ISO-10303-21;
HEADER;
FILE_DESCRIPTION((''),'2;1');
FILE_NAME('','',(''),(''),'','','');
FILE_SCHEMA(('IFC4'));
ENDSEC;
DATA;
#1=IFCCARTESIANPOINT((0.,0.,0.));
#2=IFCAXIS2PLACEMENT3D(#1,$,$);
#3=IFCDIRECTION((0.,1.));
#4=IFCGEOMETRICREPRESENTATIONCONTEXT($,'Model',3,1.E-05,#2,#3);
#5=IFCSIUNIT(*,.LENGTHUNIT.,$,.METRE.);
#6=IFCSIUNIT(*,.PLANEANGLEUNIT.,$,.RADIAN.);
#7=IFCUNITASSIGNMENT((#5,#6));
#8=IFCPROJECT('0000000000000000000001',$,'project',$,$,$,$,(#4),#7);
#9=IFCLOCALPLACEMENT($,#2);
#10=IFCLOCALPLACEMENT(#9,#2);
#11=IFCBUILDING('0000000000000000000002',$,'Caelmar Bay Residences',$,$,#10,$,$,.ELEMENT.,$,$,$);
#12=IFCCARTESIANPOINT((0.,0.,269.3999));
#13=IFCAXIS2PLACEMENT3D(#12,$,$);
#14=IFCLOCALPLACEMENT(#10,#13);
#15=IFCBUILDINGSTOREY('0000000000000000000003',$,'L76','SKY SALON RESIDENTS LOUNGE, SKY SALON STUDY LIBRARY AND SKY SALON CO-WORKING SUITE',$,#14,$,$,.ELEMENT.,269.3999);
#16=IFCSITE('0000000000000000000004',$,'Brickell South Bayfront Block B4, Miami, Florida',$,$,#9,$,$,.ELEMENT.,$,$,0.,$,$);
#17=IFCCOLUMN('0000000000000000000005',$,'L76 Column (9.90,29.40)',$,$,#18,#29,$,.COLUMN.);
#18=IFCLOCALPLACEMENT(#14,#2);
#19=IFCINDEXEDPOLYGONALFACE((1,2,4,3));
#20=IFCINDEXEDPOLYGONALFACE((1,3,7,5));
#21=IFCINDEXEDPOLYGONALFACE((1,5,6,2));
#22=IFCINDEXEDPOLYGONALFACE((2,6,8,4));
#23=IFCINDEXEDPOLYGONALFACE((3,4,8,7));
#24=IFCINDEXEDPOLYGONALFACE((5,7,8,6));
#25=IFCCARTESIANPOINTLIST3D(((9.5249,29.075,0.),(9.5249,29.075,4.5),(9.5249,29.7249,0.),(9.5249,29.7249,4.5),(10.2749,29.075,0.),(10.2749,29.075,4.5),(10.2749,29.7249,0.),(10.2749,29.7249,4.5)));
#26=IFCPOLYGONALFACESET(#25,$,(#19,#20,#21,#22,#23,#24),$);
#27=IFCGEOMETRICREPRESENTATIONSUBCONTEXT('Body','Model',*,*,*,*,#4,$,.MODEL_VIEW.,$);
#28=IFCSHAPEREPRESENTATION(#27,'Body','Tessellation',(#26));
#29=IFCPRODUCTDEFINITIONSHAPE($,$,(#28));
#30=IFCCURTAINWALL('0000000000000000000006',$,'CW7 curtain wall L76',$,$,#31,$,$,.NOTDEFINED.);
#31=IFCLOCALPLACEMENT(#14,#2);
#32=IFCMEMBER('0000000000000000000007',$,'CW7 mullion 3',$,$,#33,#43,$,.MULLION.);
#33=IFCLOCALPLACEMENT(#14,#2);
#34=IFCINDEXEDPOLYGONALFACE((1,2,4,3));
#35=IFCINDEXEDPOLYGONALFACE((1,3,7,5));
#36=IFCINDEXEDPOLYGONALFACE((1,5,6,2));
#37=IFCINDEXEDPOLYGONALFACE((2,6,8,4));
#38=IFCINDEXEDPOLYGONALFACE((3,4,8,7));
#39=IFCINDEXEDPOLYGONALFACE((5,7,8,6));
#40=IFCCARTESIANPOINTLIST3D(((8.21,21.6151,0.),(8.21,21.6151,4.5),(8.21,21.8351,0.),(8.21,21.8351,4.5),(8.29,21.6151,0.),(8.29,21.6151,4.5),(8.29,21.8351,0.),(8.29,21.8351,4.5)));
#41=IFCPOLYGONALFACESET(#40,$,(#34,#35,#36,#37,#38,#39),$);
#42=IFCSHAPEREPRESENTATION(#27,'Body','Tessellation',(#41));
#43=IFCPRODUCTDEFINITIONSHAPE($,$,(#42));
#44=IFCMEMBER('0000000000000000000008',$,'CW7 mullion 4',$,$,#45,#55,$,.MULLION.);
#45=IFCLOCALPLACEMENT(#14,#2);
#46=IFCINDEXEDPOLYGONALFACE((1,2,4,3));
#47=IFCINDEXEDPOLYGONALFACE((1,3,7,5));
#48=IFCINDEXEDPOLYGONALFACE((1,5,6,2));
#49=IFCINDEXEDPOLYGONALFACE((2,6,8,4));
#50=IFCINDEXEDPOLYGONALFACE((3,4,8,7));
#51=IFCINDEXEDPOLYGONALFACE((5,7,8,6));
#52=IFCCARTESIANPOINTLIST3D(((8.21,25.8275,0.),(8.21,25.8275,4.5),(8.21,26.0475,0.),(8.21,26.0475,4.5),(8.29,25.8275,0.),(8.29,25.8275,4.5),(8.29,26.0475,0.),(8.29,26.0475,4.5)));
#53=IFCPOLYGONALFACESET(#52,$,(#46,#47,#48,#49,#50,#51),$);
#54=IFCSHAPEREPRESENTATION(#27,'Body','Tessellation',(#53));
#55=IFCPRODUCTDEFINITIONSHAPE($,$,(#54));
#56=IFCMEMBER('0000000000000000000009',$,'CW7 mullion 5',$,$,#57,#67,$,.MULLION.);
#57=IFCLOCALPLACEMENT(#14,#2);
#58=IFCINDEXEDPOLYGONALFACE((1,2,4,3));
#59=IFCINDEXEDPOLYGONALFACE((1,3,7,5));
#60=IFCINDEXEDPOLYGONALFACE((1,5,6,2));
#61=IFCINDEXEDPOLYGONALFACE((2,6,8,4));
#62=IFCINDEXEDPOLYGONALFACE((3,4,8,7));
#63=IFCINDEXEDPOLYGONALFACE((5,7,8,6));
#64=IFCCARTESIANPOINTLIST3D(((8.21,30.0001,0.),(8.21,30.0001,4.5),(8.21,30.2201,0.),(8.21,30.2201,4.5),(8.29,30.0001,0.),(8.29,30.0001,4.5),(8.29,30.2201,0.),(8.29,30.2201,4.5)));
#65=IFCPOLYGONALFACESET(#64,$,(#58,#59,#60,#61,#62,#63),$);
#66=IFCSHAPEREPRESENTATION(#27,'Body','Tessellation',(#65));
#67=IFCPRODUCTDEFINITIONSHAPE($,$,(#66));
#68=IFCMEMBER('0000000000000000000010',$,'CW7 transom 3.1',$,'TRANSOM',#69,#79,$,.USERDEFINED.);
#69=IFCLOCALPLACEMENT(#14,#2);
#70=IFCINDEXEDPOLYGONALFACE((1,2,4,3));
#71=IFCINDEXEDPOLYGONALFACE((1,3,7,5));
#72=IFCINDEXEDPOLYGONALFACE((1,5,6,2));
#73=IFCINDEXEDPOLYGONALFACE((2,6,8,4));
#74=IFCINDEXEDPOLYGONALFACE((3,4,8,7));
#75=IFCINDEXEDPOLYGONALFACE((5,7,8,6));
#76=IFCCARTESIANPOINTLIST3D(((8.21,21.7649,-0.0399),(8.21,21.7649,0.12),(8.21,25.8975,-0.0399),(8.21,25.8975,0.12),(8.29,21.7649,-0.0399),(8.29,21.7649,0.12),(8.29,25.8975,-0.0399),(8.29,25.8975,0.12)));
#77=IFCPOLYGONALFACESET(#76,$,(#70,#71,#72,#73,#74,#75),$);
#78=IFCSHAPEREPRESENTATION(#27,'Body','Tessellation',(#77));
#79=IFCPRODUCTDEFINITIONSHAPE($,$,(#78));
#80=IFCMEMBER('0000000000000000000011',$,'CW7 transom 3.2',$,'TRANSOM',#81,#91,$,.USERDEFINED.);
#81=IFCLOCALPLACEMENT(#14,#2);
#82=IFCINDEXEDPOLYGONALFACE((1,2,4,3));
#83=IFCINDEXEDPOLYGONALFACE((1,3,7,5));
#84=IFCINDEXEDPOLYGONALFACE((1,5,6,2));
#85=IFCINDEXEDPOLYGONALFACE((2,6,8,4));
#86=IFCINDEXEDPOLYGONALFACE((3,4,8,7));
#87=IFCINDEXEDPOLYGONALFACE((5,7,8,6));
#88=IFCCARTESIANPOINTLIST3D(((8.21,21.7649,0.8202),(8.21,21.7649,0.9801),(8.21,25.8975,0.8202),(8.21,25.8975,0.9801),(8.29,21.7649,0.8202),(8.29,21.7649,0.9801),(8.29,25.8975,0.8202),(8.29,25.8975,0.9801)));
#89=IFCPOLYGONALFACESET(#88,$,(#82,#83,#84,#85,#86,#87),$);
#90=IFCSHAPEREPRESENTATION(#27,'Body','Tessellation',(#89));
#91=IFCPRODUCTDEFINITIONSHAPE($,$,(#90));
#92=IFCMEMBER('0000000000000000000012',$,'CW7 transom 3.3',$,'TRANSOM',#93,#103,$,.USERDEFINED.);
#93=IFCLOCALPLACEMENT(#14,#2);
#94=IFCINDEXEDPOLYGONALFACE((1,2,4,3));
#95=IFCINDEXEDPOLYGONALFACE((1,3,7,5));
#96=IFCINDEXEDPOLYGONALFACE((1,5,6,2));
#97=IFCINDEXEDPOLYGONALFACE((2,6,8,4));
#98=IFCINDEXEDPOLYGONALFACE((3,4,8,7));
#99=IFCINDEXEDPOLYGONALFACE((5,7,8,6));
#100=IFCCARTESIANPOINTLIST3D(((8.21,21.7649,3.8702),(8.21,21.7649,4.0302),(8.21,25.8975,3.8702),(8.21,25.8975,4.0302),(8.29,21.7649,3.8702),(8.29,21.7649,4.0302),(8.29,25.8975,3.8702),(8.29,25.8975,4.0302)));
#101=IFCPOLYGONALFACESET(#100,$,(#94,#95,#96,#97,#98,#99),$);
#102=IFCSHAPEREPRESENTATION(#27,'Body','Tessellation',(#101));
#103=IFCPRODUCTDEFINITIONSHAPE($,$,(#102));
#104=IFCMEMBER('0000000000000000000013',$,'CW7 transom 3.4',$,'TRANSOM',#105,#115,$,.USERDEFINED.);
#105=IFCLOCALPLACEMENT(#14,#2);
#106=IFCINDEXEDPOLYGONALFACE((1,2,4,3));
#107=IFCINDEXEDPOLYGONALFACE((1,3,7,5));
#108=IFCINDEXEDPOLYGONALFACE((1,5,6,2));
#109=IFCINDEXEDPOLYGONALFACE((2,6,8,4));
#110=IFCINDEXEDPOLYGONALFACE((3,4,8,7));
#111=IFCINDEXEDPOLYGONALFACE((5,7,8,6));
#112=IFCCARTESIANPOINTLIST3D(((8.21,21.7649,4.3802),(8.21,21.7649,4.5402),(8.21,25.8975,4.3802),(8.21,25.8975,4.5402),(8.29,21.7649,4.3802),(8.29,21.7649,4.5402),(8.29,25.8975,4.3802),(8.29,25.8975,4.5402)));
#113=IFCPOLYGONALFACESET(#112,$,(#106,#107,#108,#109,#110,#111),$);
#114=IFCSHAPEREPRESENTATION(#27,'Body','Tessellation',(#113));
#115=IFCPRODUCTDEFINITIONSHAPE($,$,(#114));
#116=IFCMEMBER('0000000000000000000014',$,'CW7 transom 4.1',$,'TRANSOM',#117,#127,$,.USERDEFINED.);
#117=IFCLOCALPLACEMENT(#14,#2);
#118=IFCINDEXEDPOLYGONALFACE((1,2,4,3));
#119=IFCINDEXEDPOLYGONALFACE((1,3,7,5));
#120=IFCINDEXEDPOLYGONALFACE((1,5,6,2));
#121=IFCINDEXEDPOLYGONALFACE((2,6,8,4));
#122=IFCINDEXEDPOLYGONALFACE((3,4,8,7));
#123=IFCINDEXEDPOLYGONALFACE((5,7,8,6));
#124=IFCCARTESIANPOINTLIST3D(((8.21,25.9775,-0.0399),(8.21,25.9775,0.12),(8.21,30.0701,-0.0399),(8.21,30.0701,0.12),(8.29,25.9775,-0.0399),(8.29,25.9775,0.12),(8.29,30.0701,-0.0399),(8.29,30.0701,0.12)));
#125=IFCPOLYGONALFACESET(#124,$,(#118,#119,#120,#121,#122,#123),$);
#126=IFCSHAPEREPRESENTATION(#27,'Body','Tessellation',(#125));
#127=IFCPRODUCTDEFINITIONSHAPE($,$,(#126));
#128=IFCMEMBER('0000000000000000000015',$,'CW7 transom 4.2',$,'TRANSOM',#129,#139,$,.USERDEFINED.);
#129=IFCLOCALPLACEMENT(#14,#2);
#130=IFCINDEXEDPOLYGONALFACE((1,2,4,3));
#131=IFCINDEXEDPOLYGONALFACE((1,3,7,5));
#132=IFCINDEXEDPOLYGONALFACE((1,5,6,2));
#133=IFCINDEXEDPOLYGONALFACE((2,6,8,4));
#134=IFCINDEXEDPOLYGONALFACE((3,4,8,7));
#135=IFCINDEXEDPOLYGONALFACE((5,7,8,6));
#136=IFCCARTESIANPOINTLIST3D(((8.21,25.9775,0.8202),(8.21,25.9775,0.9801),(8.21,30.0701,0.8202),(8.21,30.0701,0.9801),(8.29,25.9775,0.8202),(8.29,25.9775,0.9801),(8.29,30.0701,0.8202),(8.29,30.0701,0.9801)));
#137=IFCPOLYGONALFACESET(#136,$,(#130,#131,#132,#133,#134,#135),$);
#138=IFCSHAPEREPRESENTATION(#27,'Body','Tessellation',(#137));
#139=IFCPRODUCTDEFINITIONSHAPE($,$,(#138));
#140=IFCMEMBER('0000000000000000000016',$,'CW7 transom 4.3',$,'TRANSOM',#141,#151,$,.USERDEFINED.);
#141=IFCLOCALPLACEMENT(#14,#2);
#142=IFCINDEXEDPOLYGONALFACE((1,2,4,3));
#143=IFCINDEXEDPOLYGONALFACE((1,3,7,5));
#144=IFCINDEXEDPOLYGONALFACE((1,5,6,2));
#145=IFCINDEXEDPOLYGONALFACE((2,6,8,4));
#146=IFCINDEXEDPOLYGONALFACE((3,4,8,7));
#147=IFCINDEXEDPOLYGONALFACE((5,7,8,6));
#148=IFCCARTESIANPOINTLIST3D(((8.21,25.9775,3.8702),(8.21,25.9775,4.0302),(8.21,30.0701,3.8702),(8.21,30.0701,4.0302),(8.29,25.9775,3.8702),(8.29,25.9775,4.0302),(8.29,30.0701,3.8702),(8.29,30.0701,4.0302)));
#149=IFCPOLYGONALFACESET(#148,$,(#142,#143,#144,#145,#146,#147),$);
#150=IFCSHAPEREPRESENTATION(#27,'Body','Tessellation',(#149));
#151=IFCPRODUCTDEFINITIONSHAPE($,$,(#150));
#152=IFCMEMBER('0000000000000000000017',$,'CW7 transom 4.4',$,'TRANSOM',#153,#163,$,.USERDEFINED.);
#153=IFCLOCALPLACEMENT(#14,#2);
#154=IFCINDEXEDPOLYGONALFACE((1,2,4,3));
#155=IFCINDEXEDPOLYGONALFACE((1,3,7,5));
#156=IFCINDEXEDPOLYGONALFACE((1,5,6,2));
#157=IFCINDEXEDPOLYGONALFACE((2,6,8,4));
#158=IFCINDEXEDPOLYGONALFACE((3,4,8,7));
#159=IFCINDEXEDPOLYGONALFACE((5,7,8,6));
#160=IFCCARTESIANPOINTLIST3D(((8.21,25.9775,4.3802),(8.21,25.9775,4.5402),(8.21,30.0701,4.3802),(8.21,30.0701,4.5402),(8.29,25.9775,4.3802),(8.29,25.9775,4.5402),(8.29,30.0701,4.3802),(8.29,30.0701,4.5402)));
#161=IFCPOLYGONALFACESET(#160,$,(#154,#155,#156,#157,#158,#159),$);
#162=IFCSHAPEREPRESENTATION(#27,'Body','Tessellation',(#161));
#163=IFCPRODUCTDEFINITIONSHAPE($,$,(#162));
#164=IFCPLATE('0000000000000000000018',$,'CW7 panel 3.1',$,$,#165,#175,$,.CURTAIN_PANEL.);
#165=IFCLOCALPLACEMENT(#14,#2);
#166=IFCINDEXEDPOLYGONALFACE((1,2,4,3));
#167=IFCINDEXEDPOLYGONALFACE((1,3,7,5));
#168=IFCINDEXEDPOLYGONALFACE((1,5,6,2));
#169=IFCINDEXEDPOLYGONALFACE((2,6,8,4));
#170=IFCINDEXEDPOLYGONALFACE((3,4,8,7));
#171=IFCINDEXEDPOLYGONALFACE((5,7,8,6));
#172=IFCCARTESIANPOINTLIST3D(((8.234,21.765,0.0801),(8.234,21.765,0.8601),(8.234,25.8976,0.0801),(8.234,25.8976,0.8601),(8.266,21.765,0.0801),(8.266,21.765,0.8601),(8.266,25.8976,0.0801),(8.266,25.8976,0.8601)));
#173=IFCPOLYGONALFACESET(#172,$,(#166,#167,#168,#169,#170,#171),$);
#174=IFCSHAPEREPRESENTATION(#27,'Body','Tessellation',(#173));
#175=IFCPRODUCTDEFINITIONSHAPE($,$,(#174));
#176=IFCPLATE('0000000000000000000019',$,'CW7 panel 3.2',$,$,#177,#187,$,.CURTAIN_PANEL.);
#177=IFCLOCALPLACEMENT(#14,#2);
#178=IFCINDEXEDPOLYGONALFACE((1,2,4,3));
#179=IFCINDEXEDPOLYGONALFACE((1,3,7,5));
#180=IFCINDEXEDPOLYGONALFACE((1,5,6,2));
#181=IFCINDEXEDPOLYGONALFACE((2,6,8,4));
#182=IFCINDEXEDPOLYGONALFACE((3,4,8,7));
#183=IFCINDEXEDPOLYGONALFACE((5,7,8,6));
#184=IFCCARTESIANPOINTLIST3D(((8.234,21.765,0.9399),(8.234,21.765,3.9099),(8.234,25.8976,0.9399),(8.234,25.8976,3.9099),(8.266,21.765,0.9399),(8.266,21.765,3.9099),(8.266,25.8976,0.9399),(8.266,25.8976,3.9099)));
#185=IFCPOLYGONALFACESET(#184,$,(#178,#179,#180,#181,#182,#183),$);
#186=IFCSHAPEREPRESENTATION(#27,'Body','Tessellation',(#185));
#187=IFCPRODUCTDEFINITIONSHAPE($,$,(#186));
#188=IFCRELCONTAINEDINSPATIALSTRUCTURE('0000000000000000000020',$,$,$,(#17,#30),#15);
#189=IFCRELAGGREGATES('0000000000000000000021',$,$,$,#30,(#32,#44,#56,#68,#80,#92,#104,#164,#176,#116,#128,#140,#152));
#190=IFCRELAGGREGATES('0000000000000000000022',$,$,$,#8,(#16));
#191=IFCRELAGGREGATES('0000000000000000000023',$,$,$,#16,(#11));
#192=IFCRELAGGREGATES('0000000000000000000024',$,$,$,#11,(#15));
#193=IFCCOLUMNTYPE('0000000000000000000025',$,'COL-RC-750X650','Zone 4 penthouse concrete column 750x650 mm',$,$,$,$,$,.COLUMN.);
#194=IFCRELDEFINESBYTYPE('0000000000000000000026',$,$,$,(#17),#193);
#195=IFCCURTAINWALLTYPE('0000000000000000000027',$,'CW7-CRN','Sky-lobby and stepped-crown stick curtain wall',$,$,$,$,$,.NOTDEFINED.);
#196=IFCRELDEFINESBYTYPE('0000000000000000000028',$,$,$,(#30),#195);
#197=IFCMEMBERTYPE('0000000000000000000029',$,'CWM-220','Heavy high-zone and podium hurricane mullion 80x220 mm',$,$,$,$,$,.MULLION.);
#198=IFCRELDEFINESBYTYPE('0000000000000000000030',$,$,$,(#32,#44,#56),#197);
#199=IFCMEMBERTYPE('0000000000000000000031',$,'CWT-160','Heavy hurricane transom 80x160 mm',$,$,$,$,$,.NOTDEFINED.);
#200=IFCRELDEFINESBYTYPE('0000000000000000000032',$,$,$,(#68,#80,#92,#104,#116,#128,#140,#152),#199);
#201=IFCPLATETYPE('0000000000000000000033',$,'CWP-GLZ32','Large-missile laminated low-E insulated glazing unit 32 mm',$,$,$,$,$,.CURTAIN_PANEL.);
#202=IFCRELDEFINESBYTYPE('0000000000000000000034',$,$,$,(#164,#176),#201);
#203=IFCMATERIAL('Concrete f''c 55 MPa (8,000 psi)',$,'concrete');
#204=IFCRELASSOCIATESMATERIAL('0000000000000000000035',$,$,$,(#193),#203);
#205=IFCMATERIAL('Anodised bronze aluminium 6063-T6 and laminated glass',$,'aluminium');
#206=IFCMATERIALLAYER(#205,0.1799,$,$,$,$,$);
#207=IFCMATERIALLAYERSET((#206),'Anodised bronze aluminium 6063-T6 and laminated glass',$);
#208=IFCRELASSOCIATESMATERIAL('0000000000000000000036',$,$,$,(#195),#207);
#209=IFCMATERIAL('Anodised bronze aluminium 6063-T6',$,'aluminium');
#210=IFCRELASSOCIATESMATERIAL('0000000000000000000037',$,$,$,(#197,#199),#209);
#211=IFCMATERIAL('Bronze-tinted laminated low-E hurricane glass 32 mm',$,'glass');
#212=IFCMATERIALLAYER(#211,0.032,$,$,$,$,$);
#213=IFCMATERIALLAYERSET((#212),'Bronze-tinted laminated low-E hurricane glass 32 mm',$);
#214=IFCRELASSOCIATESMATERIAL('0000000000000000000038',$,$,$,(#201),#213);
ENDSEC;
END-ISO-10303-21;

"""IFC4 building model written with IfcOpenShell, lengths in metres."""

from ifc_helpers import new_model, si_unit, direction, frame, origin, origin_2d, place, context, subcontext, project, spatial, rectangle, extrude, material, layer, layer_set, material_profile, profile_set, type_object, element, aggregate, save


model = new_model("IFC4")

# Units and contexts
model_context = context("Model", 3, precision=1e-05, world=origin(), true_north=direction((0.0, 1.0)))
body_context = subcontext(model_context, "Body", "Model", "MODEL_VIEW")
ifc_project = project(units=[si_unit("LENGTHUNIT", "METRE"), si_unit("PLANEANGLEUNIT", "RADIAN")], contexts=[model_context])

# Site, building, storey
site_placement = place(None, origin())
site = spatial("IfcSite", under=ifc_project, at=site_placement, Name="Brickell South Bayfront Block B4, Miami, Florida", CompositionType="ELEMENT", RefElevation=0.0)
building_placement = place(site_placement, origin())
building = spatial("IfcBuilding", under=site, at=building_placement, Name="Caelmar Bay Residences", CompositionType="ELEMENT")
storey_placement = place(building_placement, frame((0.0, 0.0, 269.3999)))
storey = spatial("IfcBuildingStorey", under=building, at=storey_placement, Name="L76", Description="SKY SALON RESIDENTS LOUNGE, SKY SALON STUDY LIBRARY AND SKY SALON CO-WORKING SUITE", CompositionType="ELEMENT", Elevation=269.3999)

# Column
ifc_material_1 = material(Name="Concrete f'c 55 MPa (8,000 psi)", Category="concrete")
ifc_material_profile_1 = material_profile(ifc_material_1, rectangle(XDim=0.75, YDim=0.6499, at=origin_2d()), Name="RC-COL-750X650")
ifc_profile_set_1 = profile_set([ifc_material_profile_1], Name="Concrete f'c 55 MPa (8,000 psi)")
column_type = type_object("IfcColumnType", Name="COL-RC-750X650", Description="Zone 4 penthouse concrete column 750x650 mm", PredefinedType="COLUMN", material=ifc_profile_set_1)
column_placement = place(storey_placement, frame((9.8999, 29.3999, 0.0), z_axis=(0.0, 0.0, 1.0), x_axis=(1.0, 0.0, 0.0)))
element("IfcColumn", 1, at=column_placement, inside=storey, type_object=column_type, Name="L76 Column (9.90,29.40)", PredefinedType="COLUMN", context=body_context, shape_type="SweptSolid", body=[
    extrude(rectangle(XDim=0.75, YDim=0.6499, at=origin_2d()), origin(), (0.0, 0.0, 1.0), 4.5),
])

# Curtain wall, members, plates
ifc_material_2 = material(Name="Anodised bronze aluminium 6063-T6 and laminated glass", Category="aluminium")
ifc_layer_1 = layer(ifc_material_2, 0.1799)
ifc_layer_set_1 = layer_set([ifc_layer_1], Name="Anodised bronze aluminium 6063-T6 and laminated glass")
curtain_wall_type = type_object("IfcCurtainWallType", Name="CW7-CRN", Description="Sky-lobby and stepped-crown stick curtain wall", PredefinedType="NOTDEFINED", material=ifc_layer_set_1)
curtain_wall_placement = place(storey_placement, origin())
curtain_wall = element("IfcCurtainWall", 2, at=curtain_wall_placement, inside=storey, type_object=curtain_wall_type, Name="CW7 curtain wall L76", PredefinedType="NOTDEFINED")
ifc_material_3 = material(Name="Anodised bronze aluminium 6063-T6", Category="aluminium")
ifc_material_profile_2 = material_profile(ifc_material_3, rectangle(XDim=0.0801, YDim=0.22, at=origin_2d()), Name="CWM-80X220")
ifc_profile_set_2 = profile_set([ifc_material_profile_2], Name="Anodised bronze aluminium 6063-T6")
member_type_1 = type_object("IfcMemberType", Name="CWM-220", Description="Heavy high-zone and podium hurricane mullion 80x220 mm", PredefinedType="MULLION", material=ifc_profile_set_2)
member_1_placement = place(storey_placement, frame((8.25, 21.7251, 0.0), z_axis=(0.0, 0.0, 1.0), x_axis=(-1.0, 0.0, 0.0)))
member_1 = element("IfcMember", 3, at=member_1_placement, type_object=member_type_1, Name="CW7 mullion 3", PredefinedType="MULLION", context=body_context, shape_type="SweptSolid", body=[
    extrude(rectangle(XDim=0.0801, YDim=0.22, at=origin_2d()), origin(), (0.0, 0.0, 1.0), 4.5),
])
member_2_placement = place(storey_placement, frame((8.25, 25.9375, 0.0), z_axis=(0.0, 0.0, 1.0), x_axis=(-1.0, 0.0, 0.0)))
member_2 = element("IfcMember", 4, at=member_2_placement, type_object=member_type_1, Name="CW7 mullion 4", PredefinedType="MULLION", context=body_context, shape_type="SweptSolid", body=[
    extrude(rectangle(XDim=0.0801, YDim=0.22, at=origin_2d()), origin(), (0.0, 0.0, 1.0), 4.5),
])
member_3_placement = place(storey_placement, frame((8.25, 30.1101, 0.0), z_axis=(0.0, 0.0, 1.0), x_axis=(-1.0, 0.0, 0.0)))
member_3 = element("IfcMember", 5, at=member_3_placement, type_object=member_type_1, Name="CW7 mullion 5", PredefinedType="MULLION", context=body_context, shape_type="SweptSolid", body=[
    extrude(rectangle(XDim=0.0801, YDim=0.22, at=origin_2d()), origin(), (0.0, 0.0, 1.0), 4.5),
])
ifc_material_profile_3 = material_profile(ifc_material_3, rectangle(XDim=0.0801, YDim=0.1599, at=origin_2d()), Name="CWT-80X160")
ifc_profile_set_3 = profile_set([ifc_material_profile_3], Name="Anodised bronze aluminium 6063-T6")
member_type_2 = type_object("IfcMemberType", Name="CWT-160", Description="Heavy hurricane transom 80x160 mm", PredefinedType="NOTDEFINED", material=ifc_profile_set_3)
member_4_placement = place(storey_placement, frame((8.25, 21.7649, 0.04), z_axis=(0.0, 1.0, 0.0), x_axis=(-1.0, 0.0, 0.0)))
member_4 = element("IfcMember", 6, at=member_4_placement, type_object=member_type_2, Name="CW7 transom 3.1", ObjectType="TRANSOM", PredefinedType="USERDEFINED", context=body_context, shape_type="SweptSolid", body=[
    extrude(rectangle(XDim=0.0801, YDim=0.1599, at=origin_2d()), origin(), (0.0, 0.0, 1.0), 4.1326),
])
member_5_placement = place(storey_placement, frame((8.25, 21.7649, 0.9001), z_axis=(0.0, 1.0, 0.0), x_axis=(-1.0, 0.0, 0.0)))
member_5 = element("IfcMember", 7, at=member_5_placement, type_object=member_type_2, Name="CW7 transom 3.2", ObjectType="TRANSOM", PredefinedType="USERDEFINED", context=body_context, shape_type="SweptSolid", body=[
    extrude(rectangle(XDim=0.0801, YDim=0.1599, at=origin_2d()), origin(), (0.0, 0.0, 1.0), 4.1326),
])
member_6_placement = place(storey_placement, frame((8.25, 21.7649, 3.9502), z_axis=(0.0, 1.0, 0.0), x_axis=(-1.0, 0.0, 0.0)))
member_6 = element("IfcMember", 8, at=member_6_placement, type_object=member_type_2, Name="CW7 transom 3.3", ObjectType="TRANSOM", PredefinedType="USERDEFINED", context=body_context, shape_type="SweptSolid", body=[
    extrude(rectangle(XDim=0.0801, YDim=0.1599, at=origin_2d()), origin(), (0.0, 0.0, 1.0), 4.1326),
])
member_7_placement = place(storey_placement, frame((8.25, 21.7649, 4.4602), z_axis=(0.0, 1.0, 0.0), x_axis=(-1.0, 0.0, 0.0)))
member_7 = element("IfcMember", 9, at=member_7_placement, type_object=member_type_2, Name="CW7 transom 3.4", ObjectType="TRANSOM", PredefinedType="USERDEFINED", context=body_context, shape_type="SweptSolid", body=[
    extrude(rectangle(XDim=0.0801, YDim=0.1599, at=origin_2d()), origin(), (0.0, 0.0, 1.0), 4.1326),
])
member_8_placement = place(storey_placement, frame((8.25, 25.9775, 0.04), z_axis=(0.0, 1.0, 0.0), x_axis=(-1.0, 0.0, 0.0)))
member_8 = element("IfcMember", 10, at=member_8_placement, type_object=member_type_2, Name="CW7 transom 4.1", ObjectType="TRANSOM", PredefinedType="USERDEFINED", context=body_context, shape_type="SweptSolid", body=[
    extrude(rectangle(XDim=0.0801, YDim=0.1599, at=origin_2d()), origin(), (0.0, 0.0, 1.0), 4.0925),
])
member_9_placement = place(storey_placement, frame((8.25, 25.9775, 0.9001), z_axis=(0.0, 1.0, 0.0), x_axis=(-1.0, 0.0, 0.0)))
member_9 = element("IfcMember", 11, at=member_9_placement, type_object=member_type_2, Name="CW7 transom 4.2", ObjectType="TRANSOM", PredefinedType="USERDEFINED", context=body_context, shape_type="SweptSolid", body=[
    extrude(rectangle(XDim=0.0801, YDim=0.1599, at=origin_2d()), origin(), (0.0, 0.0, 1.0), 4.0925),
])
member_10_placement = place(storey_placement, frame((8.25, 25.9775, 3.9502), z_axis=(0.0, 1.0, 0.0), x_axis=(-1.0, 0.0, 0.0)))
member_10 = element("IfcMember", 12, at=member_10_placement, type_object=member_type_2, Name="CW7 transom 4.3", ObjectType="TRANSOM", PredefinedType="USERDEFINED", context=body_context, shape_type="SweptSolid", body=[
    extrude(rectangle(XDim=0.0801, YDim=0.1599, at=origin_2d()), origin(), (0.0, 0.0, 1.0), 4.0925),
])
member_11_placement = place(storey_placement, frame((8.25, 25.9775, 4.4602), z_axis=(0.0, 1.0, 0.0), x_axis=(-1.0, 0.0, 0.0)))
member_11 = element("IfcMember", 13, at=member_11_placement, type_object=member_type_2, Name="CW7 transom 4.4", ObjectType="TRANSOM", PredefinedType="USERDEFINED", context=body_context, shape_type="SweptSolid", body=[
    extrude(rectangle(XDim=0.0801, YDim=0.1599, at=origin_2d()), origin(), (0.0, 0.0, 1.0), 4.0925),
])
ifc_material_4 = material(Name="Bronze-tinted laminated low-E hurricane glass 32 mm", Category="glass")
ifc_layer_2 = layer(ifc_material_4, 0.032)
ifc_layer_set_2 = layer_set([ifc_layer_2], Name="Bronze-tinted laminated low-E hurricane glass 32 mm")
plate_type = type_object("IfcPlateType", Name="CWP-GLZ32", Description="Large-missile laminated low-E insulated glazing unit 32 mm", PredefinedType="CURTAIN_PANEL", material=ifc_layer_set_2)
plate_1_placement = place(storey_placement, frame((8.25, 23.8313, 0.0801), z_axis=(0.0, 0.0, 1.0), x_axis=(0.0, 1.0, 0.0)))
plate_1 = element("IfcPlate", 14, at=plate_1_placement, type_object=plate_type, Name="CW7 panel 3.1", PredefinedType="CURTAIN_PANEL", context=body_context, shape_type="SweptSolid", body=[
    extrude(rectangle(XDim=4.1326, YDim=0.032, at=origin_2d()), origin(), (0.0, 0.0, 1.0), 0.78),
])
plate_2_placement = place(storey_placement, frame((8.25, 23.8313, 0.9399), z_axis=(0.0, 0.0, 1.0), x_axis=(0.0, 1.0, 0.0)))
plate_2 = element("IfcPlate", 15, at=plate_2_placement, type_object=plate_type, Name="CW7 panel 3.2", PredefinedType="CURTAIN_PANEL", context=body_context, shape_type="SweptSolid", body=[
    extrude(rectangle(XDim=4.1326, YDim=0.032, at=origin_2d()), origin(), (0.0, 0.0, 1.0), 2.97),
])
aggregate(curtain_wall, [member_1, member_2, member_3, member_4, member_5, member_6, member_7, plate_1, plate_2, member_8, member_9, member_10, member_11])

save(model, "model.ifc")
